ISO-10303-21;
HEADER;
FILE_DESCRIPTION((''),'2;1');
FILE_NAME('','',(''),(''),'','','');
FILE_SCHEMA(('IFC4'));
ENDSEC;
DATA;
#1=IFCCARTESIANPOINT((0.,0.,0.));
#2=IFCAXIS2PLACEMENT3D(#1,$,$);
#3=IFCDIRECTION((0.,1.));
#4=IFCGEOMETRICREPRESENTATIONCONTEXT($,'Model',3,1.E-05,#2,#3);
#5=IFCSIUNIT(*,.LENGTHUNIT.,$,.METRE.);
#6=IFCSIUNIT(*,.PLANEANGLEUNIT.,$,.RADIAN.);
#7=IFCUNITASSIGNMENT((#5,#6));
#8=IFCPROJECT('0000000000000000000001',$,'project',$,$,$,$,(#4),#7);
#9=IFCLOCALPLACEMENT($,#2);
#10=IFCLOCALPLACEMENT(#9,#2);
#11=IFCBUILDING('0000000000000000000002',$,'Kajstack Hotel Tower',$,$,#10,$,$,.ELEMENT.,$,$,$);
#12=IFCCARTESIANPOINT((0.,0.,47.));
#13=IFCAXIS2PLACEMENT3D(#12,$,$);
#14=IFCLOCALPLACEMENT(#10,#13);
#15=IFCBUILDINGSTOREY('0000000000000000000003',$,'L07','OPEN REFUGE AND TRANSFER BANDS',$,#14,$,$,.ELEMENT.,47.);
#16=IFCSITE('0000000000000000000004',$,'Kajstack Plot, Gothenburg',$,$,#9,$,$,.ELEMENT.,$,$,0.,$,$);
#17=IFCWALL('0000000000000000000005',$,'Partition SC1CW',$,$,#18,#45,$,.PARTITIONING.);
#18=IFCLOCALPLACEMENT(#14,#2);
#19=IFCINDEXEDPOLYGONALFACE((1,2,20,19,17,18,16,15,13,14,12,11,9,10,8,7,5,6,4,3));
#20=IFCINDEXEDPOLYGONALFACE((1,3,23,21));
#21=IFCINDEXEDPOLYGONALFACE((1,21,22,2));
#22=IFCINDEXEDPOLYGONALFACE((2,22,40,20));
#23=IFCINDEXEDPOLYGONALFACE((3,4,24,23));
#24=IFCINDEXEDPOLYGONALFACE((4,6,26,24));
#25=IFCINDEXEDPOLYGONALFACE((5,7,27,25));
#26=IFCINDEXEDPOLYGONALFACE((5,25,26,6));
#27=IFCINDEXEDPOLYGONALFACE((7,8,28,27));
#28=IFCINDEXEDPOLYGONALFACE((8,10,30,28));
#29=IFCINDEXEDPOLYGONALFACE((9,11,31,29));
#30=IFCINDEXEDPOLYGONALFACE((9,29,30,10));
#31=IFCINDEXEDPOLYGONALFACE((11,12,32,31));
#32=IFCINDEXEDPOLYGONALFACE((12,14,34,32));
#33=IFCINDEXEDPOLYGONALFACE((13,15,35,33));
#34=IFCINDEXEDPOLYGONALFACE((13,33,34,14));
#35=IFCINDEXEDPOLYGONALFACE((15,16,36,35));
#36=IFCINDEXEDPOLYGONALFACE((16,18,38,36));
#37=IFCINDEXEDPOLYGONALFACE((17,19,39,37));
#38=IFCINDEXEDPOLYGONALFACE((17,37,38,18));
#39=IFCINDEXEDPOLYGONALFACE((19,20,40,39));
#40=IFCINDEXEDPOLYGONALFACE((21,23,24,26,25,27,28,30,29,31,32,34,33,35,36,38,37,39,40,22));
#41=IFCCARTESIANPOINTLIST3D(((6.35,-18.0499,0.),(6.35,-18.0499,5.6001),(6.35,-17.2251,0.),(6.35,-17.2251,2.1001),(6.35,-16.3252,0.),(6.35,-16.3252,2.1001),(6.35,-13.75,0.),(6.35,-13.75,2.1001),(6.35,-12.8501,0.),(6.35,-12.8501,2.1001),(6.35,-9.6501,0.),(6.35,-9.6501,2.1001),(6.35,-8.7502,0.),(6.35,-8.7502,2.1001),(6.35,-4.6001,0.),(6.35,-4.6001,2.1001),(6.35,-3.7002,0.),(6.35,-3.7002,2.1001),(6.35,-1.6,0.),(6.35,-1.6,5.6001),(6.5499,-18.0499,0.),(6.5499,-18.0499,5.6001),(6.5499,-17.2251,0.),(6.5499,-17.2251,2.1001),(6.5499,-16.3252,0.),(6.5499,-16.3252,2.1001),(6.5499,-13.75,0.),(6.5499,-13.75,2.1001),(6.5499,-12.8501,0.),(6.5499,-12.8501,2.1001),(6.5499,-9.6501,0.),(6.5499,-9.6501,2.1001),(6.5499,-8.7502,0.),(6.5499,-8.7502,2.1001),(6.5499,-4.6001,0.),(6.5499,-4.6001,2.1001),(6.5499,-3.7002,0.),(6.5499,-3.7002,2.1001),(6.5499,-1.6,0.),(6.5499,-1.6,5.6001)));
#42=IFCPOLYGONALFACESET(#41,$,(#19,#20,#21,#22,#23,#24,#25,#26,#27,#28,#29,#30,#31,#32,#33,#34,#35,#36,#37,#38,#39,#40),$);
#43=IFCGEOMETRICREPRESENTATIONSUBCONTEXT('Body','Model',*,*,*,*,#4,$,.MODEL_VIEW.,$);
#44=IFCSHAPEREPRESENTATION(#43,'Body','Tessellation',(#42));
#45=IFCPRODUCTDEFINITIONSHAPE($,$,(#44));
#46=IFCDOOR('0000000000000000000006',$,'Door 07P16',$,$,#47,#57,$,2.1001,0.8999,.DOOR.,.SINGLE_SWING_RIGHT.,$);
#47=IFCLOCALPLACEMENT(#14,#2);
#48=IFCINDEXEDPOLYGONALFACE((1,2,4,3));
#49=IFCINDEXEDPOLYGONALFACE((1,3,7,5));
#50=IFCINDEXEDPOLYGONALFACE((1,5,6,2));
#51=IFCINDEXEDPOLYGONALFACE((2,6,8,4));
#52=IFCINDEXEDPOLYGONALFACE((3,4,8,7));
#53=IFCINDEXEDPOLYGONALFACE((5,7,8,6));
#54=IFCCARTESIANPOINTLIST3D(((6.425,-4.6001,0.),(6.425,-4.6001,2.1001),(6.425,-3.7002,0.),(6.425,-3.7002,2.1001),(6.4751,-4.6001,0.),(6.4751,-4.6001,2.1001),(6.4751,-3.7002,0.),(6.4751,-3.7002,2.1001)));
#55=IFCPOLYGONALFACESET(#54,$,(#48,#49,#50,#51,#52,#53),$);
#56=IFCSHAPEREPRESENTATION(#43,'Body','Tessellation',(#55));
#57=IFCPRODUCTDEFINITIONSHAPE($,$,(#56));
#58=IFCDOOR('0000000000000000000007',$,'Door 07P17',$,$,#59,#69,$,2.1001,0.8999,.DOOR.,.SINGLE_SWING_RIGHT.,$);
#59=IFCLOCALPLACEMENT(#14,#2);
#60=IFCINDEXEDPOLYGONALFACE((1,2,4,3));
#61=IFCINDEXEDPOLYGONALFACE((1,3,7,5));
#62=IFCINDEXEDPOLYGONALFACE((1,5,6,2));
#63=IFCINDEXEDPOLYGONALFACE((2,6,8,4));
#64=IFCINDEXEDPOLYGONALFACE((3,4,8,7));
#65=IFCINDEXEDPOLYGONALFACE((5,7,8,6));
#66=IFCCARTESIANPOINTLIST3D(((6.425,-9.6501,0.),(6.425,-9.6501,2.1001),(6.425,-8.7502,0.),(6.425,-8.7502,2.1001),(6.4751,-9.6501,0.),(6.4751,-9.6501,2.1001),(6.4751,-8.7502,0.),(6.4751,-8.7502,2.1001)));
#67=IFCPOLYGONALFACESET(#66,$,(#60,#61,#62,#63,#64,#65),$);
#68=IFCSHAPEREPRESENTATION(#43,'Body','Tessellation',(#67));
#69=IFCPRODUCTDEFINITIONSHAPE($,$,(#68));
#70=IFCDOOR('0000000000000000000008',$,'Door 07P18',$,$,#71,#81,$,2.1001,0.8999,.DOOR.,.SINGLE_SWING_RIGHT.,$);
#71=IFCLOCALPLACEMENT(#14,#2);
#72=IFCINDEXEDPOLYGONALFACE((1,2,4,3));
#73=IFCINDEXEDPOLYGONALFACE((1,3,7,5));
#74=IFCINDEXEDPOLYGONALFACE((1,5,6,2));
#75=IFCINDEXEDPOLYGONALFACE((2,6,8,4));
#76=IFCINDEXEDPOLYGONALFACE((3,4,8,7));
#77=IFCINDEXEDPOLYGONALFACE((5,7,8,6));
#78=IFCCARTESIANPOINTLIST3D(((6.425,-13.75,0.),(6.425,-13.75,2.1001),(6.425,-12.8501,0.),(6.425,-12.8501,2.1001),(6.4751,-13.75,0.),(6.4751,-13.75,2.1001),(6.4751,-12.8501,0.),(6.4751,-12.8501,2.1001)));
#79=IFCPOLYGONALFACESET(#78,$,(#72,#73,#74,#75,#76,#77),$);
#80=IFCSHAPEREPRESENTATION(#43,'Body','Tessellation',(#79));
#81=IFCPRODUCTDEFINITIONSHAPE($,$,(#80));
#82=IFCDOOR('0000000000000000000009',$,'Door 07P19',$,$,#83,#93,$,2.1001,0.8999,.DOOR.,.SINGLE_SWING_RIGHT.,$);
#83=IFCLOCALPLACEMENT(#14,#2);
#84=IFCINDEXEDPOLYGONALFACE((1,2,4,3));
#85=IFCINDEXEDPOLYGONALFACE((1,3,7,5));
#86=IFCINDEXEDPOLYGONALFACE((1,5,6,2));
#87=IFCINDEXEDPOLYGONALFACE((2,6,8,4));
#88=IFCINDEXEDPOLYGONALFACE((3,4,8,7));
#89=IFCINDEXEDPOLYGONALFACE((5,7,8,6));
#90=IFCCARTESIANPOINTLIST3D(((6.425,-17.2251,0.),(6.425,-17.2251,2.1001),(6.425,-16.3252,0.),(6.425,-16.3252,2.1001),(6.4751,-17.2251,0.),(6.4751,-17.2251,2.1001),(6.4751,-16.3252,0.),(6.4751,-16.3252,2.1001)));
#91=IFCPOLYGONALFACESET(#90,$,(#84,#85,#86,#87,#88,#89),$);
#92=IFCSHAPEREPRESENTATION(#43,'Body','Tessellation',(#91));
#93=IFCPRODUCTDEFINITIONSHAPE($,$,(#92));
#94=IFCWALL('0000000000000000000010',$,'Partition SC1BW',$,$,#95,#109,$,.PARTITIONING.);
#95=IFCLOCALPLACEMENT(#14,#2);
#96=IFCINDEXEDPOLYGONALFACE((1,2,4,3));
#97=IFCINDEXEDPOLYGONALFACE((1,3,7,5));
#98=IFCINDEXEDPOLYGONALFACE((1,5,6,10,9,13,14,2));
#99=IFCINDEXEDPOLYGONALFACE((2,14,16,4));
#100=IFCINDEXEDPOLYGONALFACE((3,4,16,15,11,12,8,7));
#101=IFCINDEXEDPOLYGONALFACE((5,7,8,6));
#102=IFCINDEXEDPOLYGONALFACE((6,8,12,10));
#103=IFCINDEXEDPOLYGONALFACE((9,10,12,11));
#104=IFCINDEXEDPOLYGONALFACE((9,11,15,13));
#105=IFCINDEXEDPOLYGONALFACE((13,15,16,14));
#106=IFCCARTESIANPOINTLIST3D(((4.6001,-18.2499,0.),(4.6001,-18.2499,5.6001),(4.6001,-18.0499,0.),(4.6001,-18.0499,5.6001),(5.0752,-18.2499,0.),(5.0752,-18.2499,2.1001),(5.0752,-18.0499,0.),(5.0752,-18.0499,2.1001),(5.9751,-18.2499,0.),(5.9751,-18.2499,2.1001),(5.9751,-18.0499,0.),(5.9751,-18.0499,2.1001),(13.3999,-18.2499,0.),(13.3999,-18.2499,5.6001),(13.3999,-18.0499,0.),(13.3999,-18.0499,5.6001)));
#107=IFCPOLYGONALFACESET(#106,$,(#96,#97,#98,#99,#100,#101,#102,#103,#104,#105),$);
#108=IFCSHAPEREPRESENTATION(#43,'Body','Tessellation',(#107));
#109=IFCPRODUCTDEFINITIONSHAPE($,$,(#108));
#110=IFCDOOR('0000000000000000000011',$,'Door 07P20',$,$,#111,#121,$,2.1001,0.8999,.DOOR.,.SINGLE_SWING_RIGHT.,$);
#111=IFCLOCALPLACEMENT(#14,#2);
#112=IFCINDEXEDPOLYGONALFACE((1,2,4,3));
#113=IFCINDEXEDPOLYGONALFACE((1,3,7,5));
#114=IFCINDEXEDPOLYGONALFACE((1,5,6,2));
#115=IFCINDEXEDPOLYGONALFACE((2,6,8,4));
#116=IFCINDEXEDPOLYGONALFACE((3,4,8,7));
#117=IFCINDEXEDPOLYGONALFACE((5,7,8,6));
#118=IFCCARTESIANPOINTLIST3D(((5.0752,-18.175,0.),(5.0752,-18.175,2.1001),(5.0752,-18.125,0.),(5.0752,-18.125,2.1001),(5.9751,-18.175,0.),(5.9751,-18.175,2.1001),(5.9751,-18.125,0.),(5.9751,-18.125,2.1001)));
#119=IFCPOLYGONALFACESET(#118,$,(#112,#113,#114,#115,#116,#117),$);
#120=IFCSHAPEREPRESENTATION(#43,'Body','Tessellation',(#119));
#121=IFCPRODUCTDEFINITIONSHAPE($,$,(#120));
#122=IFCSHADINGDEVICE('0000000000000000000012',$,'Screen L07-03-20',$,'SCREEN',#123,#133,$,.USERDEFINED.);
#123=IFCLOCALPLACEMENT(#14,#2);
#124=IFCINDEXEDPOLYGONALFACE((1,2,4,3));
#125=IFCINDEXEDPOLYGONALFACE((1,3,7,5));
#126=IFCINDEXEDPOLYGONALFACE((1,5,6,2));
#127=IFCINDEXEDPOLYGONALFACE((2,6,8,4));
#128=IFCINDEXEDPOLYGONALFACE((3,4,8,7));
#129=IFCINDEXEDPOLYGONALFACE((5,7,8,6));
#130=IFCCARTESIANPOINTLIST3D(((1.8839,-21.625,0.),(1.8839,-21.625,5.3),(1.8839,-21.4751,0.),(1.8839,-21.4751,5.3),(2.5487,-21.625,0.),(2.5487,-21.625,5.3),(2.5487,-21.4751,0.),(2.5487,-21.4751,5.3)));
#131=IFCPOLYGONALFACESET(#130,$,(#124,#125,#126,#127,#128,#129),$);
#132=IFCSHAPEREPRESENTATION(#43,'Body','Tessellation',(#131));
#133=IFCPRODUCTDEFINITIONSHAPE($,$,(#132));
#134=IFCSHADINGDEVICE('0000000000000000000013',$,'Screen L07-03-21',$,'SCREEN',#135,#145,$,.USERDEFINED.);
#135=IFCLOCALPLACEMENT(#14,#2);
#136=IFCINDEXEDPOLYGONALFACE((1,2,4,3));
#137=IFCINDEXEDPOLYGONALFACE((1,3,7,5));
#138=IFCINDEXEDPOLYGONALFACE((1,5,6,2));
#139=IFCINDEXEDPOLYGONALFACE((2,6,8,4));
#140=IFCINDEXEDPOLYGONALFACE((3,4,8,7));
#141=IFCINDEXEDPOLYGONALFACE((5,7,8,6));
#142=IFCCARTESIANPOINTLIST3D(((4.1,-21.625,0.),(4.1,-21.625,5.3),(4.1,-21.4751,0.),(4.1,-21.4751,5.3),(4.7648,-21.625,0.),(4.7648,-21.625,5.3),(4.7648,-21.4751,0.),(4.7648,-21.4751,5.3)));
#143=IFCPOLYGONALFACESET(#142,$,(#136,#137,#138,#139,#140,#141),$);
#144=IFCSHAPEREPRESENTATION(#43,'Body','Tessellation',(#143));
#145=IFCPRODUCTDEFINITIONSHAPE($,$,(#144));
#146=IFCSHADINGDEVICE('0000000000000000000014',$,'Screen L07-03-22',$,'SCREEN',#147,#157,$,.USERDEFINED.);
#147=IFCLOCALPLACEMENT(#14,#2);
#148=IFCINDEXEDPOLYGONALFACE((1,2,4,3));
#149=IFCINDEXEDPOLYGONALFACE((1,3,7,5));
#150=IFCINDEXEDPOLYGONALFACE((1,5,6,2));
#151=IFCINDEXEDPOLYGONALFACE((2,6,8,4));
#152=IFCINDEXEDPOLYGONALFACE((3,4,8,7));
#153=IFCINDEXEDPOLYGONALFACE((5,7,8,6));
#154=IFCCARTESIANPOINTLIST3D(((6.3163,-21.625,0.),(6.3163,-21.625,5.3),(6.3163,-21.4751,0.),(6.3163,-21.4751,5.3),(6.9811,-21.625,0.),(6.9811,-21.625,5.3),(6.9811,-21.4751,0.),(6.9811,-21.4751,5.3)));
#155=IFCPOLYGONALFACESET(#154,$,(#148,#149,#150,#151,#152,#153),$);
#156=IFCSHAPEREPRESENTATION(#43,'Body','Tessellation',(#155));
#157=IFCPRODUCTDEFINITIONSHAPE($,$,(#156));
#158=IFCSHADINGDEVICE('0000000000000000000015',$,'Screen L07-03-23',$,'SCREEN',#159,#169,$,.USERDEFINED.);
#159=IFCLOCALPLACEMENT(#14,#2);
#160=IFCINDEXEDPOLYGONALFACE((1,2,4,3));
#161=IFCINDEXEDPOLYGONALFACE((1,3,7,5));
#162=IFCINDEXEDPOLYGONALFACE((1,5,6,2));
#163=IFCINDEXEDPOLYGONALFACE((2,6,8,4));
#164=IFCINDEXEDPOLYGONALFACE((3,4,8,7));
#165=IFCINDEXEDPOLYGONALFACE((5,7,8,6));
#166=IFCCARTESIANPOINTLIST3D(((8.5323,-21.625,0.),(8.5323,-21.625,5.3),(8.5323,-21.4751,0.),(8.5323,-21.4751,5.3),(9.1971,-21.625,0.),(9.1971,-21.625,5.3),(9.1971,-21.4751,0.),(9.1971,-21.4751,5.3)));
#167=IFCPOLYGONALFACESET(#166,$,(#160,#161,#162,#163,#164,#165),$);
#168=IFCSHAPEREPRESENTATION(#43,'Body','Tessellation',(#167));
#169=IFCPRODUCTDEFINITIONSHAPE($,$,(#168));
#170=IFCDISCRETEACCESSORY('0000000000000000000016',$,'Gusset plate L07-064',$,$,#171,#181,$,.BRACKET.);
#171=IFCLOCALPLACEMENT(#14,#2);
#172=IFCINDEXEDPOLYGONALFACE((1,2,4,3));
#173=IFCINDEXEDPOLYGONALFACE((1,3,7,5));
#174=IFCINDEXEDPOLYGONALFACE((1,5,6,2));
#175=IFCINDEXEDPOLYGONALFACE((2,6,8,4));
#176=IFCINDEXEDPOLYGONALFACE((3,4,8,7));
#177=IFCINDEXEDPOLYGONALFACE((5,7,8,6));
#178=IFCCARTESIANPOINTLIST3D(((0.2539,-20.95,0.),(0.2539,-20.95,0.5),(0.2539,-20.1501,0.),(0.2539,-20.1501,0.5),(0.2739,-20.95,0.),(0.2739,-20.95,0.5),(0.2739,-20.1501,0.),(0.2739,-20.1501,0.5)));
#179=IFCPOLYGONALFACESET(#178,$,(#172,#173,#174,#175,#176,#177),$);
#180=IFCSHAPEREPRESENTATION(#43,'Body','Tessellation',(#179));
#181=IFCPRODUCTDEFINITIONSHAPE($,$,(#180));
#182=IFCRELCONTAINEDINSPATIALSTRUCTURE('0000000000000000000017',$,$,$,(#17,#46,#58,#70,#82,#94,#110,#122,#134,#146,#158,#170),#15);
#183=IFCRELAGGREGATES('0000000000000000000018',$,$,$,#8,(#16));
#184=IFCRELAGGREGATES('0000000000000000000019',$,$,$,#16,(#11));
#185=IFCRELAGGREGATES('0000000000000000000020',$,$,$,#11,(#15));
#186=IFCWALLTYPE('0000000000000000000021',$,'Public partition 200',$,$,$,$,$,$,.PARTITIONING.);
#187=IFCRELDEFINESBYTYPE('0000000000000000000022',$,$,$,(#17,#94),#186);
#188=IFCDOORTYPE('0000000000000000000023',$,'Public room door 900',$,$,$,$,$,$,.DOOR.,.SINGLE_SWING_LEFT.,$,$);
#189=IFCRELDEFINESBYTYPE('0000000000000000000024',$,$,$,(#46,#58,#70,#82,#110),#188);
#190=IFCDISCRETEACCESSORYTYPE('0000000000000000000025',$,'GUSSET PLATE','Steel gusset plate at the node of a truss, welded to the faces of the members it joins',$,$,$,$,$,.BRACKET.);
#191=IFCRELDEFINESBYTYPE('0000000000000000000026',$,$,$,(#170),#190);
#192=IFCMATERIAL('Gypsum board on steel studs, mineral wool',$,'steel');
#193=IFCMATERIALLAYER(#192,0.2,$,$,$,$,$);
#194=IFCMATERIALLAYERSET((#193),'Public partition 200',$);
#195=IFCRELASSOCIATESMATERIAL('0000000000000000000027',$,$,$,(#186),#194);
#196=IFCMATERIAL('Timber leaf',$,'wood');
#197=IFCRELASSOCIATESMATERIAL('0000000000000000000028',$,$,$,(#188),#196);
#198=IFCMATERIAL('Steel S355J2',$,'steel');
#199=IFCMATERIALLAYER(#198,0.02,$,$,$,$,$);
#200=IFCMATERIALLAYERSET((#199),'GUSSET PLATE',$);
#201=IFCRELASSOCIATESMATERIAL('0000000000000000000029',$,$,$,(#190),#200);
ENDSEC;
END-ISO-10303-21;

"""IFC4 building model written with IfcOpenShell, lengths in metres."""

from ifc_helpers import new_model, si_unit, direction, frame, frame_2d, origin, origin_2d, place, context, subcontext, project, spatial, polyline, rectangle, outline, extrude, material, layer, layer_set, type_object, element, fill, save


model = new_model("IFC4")

# Units and contexts
model_context = context("Model", 3, precision=1e-05, world=origin(), true_north=direction((0.0, 1.0)))
body_context = subcontext(model_context, "Body", "Model", "MODEL_VIEW")
ifc_project = project(units=[si_unit("LENGTHUNIT", "METRE"), si_unit("PLANEANGLEUNIT", "RADIAN")], contexts=[model_context])

# Site, building, storey
site_placement = place(None, origin())
site = spatial("IfcSite", under=ifc_project, at=site_placement, Name="Kajstack Plot, Gothenburg", CompositionType="ELEMENT", RefElevation=0.0)
building_placement = place(site_placement, origin())
building = spatial("IfcBuilding", under=site, at=building_placement, Name="Kajstack Hotel Tower", CompositionType="ELEMENT")
storey_placement = place(building_placement, frame((0.0, 0.0, 47.0)))
storey = spatial("IfcBuildingStorey", under=building, at=storey_placement, Name="L07", Description="OPEN REFUGE AND TRANSFER BANDS", CompositionType="ELEMENT", Elevation=47.0)

# Shared definitions
ifc_material_1 = material(Name="Steel S355J2", Category="steel")

# Shared definitions
ifc_material_2 = material(Name="Gypsum board on steel studs, mineral wool", Category="steel")
ifc_layer_1 = layer(ifc_material_2, 0.2)
ifc_layer_set_1 = layer_set([ifc_layer_1], Name="Public partition 200")
wall_type = type_object("IfcWallType", Name="Public partition 200", PredefinedType="PARTITIONING", material=ifc_layer_set_1)

# Wall, openings, doors
wall_1_placement = place(storey_placement, frame((6.45, -18.05, 0.0), z_axis=(0.0, 0.0, 1.0), x_axis=(0.0, 1.0, 0.0)))
wall_1 = element("IfcWall", 1, at=wall_1_placement, inside=storey, type_object=wall_type, Name="Partition SC1CW", PredefinedType="PARTITIONING", context=body_context, shape_type="SweptSolid", body=[
    extrude(rectangle(XDim=16.45, YDim=0.2, at=frame_2d((8.2251, 0.0))), origin(), (0.0, 0.0, 1.0), 5.6001),
])
opening_1_placement = place(wall_1_placement, frame((13.45, 0.0, 0.0)))
opening_1 = element("IfcOpeningElement", 2, at=opening_1_placement, cuts=wall_1, PredefinedType="OPENING", context=body_context, shape_type="SweptSolid", body=[
    extrude(rectangle(XDim=0.8999, YDim=2.1001, at=frame_2d((0.45, 1.05))), frame((0.0, 0.1099, 0.0), z_axis=(0.0, -1.0, 0.0), x_axis=(1.0, 0.0, 0.0)), (0.0, 0.0, 1.0), 0.22),
])
opening_2_placement = place(wall_1_placement, frame((8.3999, 0.0, 0.0)))
opening_2 = element("IfcOpeningElement", 3, at=opening_2_placement, cuts=wall_1, PredefinedType="OPENING", context=body_context, shape_type="SweptSolid", body=[
    extrude(rectangle(XDim=0.8999, YDim=2.1001, at=frame_2d((0.45, 1.05))), frame((0.0, 0.1099, 0.0), z_axis=(0.0, -1.0, 0.0), x_axis=(1.0, 0.0, 0.0)), (0.0, 0.0, 1.0), 0.22),
])
opening_3_placement = place(wall_1_placement, frame((4.3, 0.0, 0.0)))
opening_3 = element("IfcOpeningElement", 4, at=opening_3_placement, cuts=wall_1, PredefinedType="OPENING", context=body_context, shape_type="SweptSolid", body=[
    extrude(rectangle(XDim=0.8999, YDim=2.1001, at=frame_2d((0.45, 1.05))), frame((0.0, 0.1099, 0.0), z_axis=(0.0, -1.0, 0.0), x_axis=(1.0, 0.0, 0.0)), (0.0, 0.0, 1.0), 0.22),
])
opening_4_placement = place(wall_1_placement, frame((0.825, 0.0, 0.0)))
opening_4 = element("IfcOpeningElement", 5, at=opening_4_placement, cuts=wall_1, PredefinedType="OPENING", context=body_context, shape_type="SweptSolid", body=[
    extrude(rectangle(XDim=0.8999, YDim=2.1001, at=frame_2d((0.45, 1.05))), frame((0.0, 0.1099, 0.0), z_axis=(0.0, -1.0, 0.0), x_axis=(1.0, 0.0, 0.0)), (0.0, 0.0, 1.0), 0.22),
])
ifc_material_3 = material(Name="Timber leaf", Category="wood")
door_type = type_object("IfcDoorType", Name="Public room door 900", OperationType="SINGLE_SWING_LEFT", PredefinedType="DOOR", material=ifc_material_3)
door_1_placement = place(opening_1_placement, origin())
door_1 = element("IfcDoor", 6, at=door_1_placement, inside=storey, type_object=door_type, Name="Door 07P16", OperationType="SINGLE_SWING_RIGHT", OverallHeight=2.1001, OverallWidth=0.8999, PredefinedType="DOOR", context=body_context, shape_type="SweptSolid", body=[
    extrude(rectangle(XDim=0.8999, YDim=2.1001, at=frame_2d((0.45, 1.05))), frame((0.0, 0.0249, 0.0), z_axis=(0.0, -1.0, 0.0), x_axis=(1.0, 0.0, 0.0)), (0.0, 0.0, 1.0), 0.05),
])
fill(opening_1, door_1)
door_2_placement = place(opening_2_placement, origin())
door_2 = element("IfcDoor", 7, at=door_2_placement, inside=storey, type_object=door_type, Name="Door 07P17", OperationType="SINGLE_SWING_RIGHT", OverallHeight=2.1001, OverallWidth=0.8999, PredefinedType="DOOR", context=body_context, shape_type="SweptSolid", body=[
    extrude(rectangle(XDim=0.8999, YDim=2.1001, at=frame_2d((0.45, 1.05))), frame((0.0, 0.0249, 0.0), z_axis=(0.0, -1.0, 0.0), x_axis=(1.0, 0.0, 0.0)), (0.0, 0.0, 1.0), 0.05),
])
fill(opening_2, door_2)
door_3_placement = place(opening_3_placement, origin())
door_3 = element("IfcDoor", 8, at=door_3_placement, inside=storey, type_object=door_type, Name="Door 07P18", OperationType="SINGLE_SWING_RIGHT", OverallHeight=2.1001, OverallWidth=0.8999, PredefinedType="DOOR", context=body_context, shape_type="SweptSolid", body=[
    extrude(rectangle(XDim=0.8999, YDim=2.1001, at=frame_2d((0.45, 1.05))), frame((0.0, 0.0249, 0.0), z_axis=(0.0, -1.0, 0.0), x_axis=(1.0, 0.0, 0.0)), (0.0, 0.0, 1.0), 0.05),
])
fill(opening_3, door_3)
door_4_placement = place(opening_4_placement, origin())
door_4 = element("IfcDoor", 9, at=door_4_placement, inside=storey, type_object=door_type, Name="Door 07P19", OperationType="SINGLE_SWING_RIGHT", OverallHeight=2.1001, OverallWidth=0.8999, PredefinedType="DOOR", context=body_context, shape_type="SweptSolid", body=[
    extrude(rectangle(XDim=0.8999, YDim=2.1001, at=frame_2d((0.45, 1.05))), frame((0.0, 0.0249, 0.0), z_axis=(0.0, -1.0, 0.0), x_axis=(1.0, 0.0, 0.0)), (0.0, 0.0, 1.0), 0.05),
])
fill(opening_4, door_4)

# Wall, opening, door
wall_2_placement = place(storey_placement, frame((4.6001, -18.1499, 0.0), z_axis=(0.0, 0.0, 1.0), x_axis=(1.0, 0.0, 0.0)))
wall_2 = element("IfcWall", 10, at=wall_2_placement, inside=storey, type_object=wall_type, Name="Partition SC1BW", PredefinedType="PARTITIONING", context=body_context, shape_type="SweptSolid", body=[
    extrude(rectangle(XDim=8.7998, YDim=0.2, at=frame_2d((4.3999, 0.0))), origin(), (0.0, 0.0, 1.0), 5.6001),
])
opening_5_placement = place(wall_2_placement, frame((0.4751, 0.0, 0.0)))
opening_5 = element("IfcOpeningElement", 11, at=opening_5_placement, cuts=wall_2, PredefinedType="OPENING", context=body_context, shape_type="SweptSolid", body=[
    extrude(rectangle(XDim=0.8999, YDim=2.1001, at=frame_2d((0.45, 1.05))), frame((0.0, 0.1099, 0.0), z_axis=(0.0, -1.0, 0.0), x_axis=(1.0, 0.0, 0.0)), (0.0, 0.0, 1.0), 0.22),
])
door_5_placement = place(opening_5_placement, origin())
door_5 = element("IfcDoor", 12, at=door_5_placement, inside=storey, type_object=door_type, Name="Door 07P20", OperationType="SINGLE_SWING_RIGHT", OverallHeight=2.1001, OverallWidth=0.8999, PredefinedType="DOOR", context=body_context, shape_type="SweptSolid", body=[
    extrude(rectangle(XDim=0.8999, YDim=2.1001, at=frame_2d((0.45, 1.05))), frame((0.0, 0.0249, 0.0), z_axis=(0.0, -1.0, 0.0), x_axis=(1.0, 0.0, 0.0)), (0.0, 0.0, 1.0), 0.05),
])
fill(opening_5, door_5)

# Shading devices
for number, where, z_axis, x_axis, name in (
    (13, (2.2163, -21.55, 0.0), (0.0, 0.0, 1.0), (1.0, 0.0, 0.0), "Screen L07-03-20"),
    (14, (4.4324, -21.55, 0.0), (0.0, 0.0, 1.0), (1.0, 0.0, 0.0), "Screen L07-03-21"),
    (15, (6.6487, -21.55, 0.0), (0.0, 0.0, 1.0), (1.0, 0.0, 0.0), "Screen L07-03-22"),
    (16, (8.8647, -21.55, 0.0), (0.0, 0.0, 1.0), (1.0, 0.0, 0.0), "Screen L07-03-23"),
):
    element("IfcShadingDevice", number, at=place(storey_placement, frame(where, z_axis=z_axis, x_axis=x_axis)), inside=storey, Name=name, ObjectType="SCREEN", PredefinedType="USERDEFINED", context=body_context, shape_type="SweptSolid", body=[
        extrude(rectangle(XDim=0.6648, YDim=0.1499, at=origin_2d()), origin(), (0.0, 0.0, 1.0), 5.3),
    ])

# Discrete accessory
ifc_layer_2 = layer(ifc_material_1, 0.02)
ifc_layer_set_2 = layer_set([ifc_layer_2], Name="GUSSET PLATE")
discrete_accessory_type = type_object("IfcDiscreteAccessoryType", Name="GUSSET PLATE", Description="Steel gusset plate at the node of a truss, welded to the faces of the members it joins", PredefinedType="BRACKET", material=ifc_layer_set_2)
discrete_accessory_1_placement = place(storey_placement, frame((0.2539, -20.55, 0.0), z_axis=(1.0, 0.0, 0.0), x_axis=(0.0, 1.0, 0.0)))
element("IfcDiscreteAccessory", 17, at=discrete_accessory_1_placement, inside=storey, type_object=discrete_accessory_type, Name="Gusset plate L07-064", PredefinedType="BRACKET", context=body_context, shape_type="SweptSolid", body=[
    extrude(outline(polyline([(-0.3999, 0.0), (0.3999, 0.0), (0.3999, 0.5), (-0.3999, 0.5), (-0.3999, 0.0)])), origin(), (0.0, 0.0, 1.0), 0.02),
])

save(model, "model.ifc")
